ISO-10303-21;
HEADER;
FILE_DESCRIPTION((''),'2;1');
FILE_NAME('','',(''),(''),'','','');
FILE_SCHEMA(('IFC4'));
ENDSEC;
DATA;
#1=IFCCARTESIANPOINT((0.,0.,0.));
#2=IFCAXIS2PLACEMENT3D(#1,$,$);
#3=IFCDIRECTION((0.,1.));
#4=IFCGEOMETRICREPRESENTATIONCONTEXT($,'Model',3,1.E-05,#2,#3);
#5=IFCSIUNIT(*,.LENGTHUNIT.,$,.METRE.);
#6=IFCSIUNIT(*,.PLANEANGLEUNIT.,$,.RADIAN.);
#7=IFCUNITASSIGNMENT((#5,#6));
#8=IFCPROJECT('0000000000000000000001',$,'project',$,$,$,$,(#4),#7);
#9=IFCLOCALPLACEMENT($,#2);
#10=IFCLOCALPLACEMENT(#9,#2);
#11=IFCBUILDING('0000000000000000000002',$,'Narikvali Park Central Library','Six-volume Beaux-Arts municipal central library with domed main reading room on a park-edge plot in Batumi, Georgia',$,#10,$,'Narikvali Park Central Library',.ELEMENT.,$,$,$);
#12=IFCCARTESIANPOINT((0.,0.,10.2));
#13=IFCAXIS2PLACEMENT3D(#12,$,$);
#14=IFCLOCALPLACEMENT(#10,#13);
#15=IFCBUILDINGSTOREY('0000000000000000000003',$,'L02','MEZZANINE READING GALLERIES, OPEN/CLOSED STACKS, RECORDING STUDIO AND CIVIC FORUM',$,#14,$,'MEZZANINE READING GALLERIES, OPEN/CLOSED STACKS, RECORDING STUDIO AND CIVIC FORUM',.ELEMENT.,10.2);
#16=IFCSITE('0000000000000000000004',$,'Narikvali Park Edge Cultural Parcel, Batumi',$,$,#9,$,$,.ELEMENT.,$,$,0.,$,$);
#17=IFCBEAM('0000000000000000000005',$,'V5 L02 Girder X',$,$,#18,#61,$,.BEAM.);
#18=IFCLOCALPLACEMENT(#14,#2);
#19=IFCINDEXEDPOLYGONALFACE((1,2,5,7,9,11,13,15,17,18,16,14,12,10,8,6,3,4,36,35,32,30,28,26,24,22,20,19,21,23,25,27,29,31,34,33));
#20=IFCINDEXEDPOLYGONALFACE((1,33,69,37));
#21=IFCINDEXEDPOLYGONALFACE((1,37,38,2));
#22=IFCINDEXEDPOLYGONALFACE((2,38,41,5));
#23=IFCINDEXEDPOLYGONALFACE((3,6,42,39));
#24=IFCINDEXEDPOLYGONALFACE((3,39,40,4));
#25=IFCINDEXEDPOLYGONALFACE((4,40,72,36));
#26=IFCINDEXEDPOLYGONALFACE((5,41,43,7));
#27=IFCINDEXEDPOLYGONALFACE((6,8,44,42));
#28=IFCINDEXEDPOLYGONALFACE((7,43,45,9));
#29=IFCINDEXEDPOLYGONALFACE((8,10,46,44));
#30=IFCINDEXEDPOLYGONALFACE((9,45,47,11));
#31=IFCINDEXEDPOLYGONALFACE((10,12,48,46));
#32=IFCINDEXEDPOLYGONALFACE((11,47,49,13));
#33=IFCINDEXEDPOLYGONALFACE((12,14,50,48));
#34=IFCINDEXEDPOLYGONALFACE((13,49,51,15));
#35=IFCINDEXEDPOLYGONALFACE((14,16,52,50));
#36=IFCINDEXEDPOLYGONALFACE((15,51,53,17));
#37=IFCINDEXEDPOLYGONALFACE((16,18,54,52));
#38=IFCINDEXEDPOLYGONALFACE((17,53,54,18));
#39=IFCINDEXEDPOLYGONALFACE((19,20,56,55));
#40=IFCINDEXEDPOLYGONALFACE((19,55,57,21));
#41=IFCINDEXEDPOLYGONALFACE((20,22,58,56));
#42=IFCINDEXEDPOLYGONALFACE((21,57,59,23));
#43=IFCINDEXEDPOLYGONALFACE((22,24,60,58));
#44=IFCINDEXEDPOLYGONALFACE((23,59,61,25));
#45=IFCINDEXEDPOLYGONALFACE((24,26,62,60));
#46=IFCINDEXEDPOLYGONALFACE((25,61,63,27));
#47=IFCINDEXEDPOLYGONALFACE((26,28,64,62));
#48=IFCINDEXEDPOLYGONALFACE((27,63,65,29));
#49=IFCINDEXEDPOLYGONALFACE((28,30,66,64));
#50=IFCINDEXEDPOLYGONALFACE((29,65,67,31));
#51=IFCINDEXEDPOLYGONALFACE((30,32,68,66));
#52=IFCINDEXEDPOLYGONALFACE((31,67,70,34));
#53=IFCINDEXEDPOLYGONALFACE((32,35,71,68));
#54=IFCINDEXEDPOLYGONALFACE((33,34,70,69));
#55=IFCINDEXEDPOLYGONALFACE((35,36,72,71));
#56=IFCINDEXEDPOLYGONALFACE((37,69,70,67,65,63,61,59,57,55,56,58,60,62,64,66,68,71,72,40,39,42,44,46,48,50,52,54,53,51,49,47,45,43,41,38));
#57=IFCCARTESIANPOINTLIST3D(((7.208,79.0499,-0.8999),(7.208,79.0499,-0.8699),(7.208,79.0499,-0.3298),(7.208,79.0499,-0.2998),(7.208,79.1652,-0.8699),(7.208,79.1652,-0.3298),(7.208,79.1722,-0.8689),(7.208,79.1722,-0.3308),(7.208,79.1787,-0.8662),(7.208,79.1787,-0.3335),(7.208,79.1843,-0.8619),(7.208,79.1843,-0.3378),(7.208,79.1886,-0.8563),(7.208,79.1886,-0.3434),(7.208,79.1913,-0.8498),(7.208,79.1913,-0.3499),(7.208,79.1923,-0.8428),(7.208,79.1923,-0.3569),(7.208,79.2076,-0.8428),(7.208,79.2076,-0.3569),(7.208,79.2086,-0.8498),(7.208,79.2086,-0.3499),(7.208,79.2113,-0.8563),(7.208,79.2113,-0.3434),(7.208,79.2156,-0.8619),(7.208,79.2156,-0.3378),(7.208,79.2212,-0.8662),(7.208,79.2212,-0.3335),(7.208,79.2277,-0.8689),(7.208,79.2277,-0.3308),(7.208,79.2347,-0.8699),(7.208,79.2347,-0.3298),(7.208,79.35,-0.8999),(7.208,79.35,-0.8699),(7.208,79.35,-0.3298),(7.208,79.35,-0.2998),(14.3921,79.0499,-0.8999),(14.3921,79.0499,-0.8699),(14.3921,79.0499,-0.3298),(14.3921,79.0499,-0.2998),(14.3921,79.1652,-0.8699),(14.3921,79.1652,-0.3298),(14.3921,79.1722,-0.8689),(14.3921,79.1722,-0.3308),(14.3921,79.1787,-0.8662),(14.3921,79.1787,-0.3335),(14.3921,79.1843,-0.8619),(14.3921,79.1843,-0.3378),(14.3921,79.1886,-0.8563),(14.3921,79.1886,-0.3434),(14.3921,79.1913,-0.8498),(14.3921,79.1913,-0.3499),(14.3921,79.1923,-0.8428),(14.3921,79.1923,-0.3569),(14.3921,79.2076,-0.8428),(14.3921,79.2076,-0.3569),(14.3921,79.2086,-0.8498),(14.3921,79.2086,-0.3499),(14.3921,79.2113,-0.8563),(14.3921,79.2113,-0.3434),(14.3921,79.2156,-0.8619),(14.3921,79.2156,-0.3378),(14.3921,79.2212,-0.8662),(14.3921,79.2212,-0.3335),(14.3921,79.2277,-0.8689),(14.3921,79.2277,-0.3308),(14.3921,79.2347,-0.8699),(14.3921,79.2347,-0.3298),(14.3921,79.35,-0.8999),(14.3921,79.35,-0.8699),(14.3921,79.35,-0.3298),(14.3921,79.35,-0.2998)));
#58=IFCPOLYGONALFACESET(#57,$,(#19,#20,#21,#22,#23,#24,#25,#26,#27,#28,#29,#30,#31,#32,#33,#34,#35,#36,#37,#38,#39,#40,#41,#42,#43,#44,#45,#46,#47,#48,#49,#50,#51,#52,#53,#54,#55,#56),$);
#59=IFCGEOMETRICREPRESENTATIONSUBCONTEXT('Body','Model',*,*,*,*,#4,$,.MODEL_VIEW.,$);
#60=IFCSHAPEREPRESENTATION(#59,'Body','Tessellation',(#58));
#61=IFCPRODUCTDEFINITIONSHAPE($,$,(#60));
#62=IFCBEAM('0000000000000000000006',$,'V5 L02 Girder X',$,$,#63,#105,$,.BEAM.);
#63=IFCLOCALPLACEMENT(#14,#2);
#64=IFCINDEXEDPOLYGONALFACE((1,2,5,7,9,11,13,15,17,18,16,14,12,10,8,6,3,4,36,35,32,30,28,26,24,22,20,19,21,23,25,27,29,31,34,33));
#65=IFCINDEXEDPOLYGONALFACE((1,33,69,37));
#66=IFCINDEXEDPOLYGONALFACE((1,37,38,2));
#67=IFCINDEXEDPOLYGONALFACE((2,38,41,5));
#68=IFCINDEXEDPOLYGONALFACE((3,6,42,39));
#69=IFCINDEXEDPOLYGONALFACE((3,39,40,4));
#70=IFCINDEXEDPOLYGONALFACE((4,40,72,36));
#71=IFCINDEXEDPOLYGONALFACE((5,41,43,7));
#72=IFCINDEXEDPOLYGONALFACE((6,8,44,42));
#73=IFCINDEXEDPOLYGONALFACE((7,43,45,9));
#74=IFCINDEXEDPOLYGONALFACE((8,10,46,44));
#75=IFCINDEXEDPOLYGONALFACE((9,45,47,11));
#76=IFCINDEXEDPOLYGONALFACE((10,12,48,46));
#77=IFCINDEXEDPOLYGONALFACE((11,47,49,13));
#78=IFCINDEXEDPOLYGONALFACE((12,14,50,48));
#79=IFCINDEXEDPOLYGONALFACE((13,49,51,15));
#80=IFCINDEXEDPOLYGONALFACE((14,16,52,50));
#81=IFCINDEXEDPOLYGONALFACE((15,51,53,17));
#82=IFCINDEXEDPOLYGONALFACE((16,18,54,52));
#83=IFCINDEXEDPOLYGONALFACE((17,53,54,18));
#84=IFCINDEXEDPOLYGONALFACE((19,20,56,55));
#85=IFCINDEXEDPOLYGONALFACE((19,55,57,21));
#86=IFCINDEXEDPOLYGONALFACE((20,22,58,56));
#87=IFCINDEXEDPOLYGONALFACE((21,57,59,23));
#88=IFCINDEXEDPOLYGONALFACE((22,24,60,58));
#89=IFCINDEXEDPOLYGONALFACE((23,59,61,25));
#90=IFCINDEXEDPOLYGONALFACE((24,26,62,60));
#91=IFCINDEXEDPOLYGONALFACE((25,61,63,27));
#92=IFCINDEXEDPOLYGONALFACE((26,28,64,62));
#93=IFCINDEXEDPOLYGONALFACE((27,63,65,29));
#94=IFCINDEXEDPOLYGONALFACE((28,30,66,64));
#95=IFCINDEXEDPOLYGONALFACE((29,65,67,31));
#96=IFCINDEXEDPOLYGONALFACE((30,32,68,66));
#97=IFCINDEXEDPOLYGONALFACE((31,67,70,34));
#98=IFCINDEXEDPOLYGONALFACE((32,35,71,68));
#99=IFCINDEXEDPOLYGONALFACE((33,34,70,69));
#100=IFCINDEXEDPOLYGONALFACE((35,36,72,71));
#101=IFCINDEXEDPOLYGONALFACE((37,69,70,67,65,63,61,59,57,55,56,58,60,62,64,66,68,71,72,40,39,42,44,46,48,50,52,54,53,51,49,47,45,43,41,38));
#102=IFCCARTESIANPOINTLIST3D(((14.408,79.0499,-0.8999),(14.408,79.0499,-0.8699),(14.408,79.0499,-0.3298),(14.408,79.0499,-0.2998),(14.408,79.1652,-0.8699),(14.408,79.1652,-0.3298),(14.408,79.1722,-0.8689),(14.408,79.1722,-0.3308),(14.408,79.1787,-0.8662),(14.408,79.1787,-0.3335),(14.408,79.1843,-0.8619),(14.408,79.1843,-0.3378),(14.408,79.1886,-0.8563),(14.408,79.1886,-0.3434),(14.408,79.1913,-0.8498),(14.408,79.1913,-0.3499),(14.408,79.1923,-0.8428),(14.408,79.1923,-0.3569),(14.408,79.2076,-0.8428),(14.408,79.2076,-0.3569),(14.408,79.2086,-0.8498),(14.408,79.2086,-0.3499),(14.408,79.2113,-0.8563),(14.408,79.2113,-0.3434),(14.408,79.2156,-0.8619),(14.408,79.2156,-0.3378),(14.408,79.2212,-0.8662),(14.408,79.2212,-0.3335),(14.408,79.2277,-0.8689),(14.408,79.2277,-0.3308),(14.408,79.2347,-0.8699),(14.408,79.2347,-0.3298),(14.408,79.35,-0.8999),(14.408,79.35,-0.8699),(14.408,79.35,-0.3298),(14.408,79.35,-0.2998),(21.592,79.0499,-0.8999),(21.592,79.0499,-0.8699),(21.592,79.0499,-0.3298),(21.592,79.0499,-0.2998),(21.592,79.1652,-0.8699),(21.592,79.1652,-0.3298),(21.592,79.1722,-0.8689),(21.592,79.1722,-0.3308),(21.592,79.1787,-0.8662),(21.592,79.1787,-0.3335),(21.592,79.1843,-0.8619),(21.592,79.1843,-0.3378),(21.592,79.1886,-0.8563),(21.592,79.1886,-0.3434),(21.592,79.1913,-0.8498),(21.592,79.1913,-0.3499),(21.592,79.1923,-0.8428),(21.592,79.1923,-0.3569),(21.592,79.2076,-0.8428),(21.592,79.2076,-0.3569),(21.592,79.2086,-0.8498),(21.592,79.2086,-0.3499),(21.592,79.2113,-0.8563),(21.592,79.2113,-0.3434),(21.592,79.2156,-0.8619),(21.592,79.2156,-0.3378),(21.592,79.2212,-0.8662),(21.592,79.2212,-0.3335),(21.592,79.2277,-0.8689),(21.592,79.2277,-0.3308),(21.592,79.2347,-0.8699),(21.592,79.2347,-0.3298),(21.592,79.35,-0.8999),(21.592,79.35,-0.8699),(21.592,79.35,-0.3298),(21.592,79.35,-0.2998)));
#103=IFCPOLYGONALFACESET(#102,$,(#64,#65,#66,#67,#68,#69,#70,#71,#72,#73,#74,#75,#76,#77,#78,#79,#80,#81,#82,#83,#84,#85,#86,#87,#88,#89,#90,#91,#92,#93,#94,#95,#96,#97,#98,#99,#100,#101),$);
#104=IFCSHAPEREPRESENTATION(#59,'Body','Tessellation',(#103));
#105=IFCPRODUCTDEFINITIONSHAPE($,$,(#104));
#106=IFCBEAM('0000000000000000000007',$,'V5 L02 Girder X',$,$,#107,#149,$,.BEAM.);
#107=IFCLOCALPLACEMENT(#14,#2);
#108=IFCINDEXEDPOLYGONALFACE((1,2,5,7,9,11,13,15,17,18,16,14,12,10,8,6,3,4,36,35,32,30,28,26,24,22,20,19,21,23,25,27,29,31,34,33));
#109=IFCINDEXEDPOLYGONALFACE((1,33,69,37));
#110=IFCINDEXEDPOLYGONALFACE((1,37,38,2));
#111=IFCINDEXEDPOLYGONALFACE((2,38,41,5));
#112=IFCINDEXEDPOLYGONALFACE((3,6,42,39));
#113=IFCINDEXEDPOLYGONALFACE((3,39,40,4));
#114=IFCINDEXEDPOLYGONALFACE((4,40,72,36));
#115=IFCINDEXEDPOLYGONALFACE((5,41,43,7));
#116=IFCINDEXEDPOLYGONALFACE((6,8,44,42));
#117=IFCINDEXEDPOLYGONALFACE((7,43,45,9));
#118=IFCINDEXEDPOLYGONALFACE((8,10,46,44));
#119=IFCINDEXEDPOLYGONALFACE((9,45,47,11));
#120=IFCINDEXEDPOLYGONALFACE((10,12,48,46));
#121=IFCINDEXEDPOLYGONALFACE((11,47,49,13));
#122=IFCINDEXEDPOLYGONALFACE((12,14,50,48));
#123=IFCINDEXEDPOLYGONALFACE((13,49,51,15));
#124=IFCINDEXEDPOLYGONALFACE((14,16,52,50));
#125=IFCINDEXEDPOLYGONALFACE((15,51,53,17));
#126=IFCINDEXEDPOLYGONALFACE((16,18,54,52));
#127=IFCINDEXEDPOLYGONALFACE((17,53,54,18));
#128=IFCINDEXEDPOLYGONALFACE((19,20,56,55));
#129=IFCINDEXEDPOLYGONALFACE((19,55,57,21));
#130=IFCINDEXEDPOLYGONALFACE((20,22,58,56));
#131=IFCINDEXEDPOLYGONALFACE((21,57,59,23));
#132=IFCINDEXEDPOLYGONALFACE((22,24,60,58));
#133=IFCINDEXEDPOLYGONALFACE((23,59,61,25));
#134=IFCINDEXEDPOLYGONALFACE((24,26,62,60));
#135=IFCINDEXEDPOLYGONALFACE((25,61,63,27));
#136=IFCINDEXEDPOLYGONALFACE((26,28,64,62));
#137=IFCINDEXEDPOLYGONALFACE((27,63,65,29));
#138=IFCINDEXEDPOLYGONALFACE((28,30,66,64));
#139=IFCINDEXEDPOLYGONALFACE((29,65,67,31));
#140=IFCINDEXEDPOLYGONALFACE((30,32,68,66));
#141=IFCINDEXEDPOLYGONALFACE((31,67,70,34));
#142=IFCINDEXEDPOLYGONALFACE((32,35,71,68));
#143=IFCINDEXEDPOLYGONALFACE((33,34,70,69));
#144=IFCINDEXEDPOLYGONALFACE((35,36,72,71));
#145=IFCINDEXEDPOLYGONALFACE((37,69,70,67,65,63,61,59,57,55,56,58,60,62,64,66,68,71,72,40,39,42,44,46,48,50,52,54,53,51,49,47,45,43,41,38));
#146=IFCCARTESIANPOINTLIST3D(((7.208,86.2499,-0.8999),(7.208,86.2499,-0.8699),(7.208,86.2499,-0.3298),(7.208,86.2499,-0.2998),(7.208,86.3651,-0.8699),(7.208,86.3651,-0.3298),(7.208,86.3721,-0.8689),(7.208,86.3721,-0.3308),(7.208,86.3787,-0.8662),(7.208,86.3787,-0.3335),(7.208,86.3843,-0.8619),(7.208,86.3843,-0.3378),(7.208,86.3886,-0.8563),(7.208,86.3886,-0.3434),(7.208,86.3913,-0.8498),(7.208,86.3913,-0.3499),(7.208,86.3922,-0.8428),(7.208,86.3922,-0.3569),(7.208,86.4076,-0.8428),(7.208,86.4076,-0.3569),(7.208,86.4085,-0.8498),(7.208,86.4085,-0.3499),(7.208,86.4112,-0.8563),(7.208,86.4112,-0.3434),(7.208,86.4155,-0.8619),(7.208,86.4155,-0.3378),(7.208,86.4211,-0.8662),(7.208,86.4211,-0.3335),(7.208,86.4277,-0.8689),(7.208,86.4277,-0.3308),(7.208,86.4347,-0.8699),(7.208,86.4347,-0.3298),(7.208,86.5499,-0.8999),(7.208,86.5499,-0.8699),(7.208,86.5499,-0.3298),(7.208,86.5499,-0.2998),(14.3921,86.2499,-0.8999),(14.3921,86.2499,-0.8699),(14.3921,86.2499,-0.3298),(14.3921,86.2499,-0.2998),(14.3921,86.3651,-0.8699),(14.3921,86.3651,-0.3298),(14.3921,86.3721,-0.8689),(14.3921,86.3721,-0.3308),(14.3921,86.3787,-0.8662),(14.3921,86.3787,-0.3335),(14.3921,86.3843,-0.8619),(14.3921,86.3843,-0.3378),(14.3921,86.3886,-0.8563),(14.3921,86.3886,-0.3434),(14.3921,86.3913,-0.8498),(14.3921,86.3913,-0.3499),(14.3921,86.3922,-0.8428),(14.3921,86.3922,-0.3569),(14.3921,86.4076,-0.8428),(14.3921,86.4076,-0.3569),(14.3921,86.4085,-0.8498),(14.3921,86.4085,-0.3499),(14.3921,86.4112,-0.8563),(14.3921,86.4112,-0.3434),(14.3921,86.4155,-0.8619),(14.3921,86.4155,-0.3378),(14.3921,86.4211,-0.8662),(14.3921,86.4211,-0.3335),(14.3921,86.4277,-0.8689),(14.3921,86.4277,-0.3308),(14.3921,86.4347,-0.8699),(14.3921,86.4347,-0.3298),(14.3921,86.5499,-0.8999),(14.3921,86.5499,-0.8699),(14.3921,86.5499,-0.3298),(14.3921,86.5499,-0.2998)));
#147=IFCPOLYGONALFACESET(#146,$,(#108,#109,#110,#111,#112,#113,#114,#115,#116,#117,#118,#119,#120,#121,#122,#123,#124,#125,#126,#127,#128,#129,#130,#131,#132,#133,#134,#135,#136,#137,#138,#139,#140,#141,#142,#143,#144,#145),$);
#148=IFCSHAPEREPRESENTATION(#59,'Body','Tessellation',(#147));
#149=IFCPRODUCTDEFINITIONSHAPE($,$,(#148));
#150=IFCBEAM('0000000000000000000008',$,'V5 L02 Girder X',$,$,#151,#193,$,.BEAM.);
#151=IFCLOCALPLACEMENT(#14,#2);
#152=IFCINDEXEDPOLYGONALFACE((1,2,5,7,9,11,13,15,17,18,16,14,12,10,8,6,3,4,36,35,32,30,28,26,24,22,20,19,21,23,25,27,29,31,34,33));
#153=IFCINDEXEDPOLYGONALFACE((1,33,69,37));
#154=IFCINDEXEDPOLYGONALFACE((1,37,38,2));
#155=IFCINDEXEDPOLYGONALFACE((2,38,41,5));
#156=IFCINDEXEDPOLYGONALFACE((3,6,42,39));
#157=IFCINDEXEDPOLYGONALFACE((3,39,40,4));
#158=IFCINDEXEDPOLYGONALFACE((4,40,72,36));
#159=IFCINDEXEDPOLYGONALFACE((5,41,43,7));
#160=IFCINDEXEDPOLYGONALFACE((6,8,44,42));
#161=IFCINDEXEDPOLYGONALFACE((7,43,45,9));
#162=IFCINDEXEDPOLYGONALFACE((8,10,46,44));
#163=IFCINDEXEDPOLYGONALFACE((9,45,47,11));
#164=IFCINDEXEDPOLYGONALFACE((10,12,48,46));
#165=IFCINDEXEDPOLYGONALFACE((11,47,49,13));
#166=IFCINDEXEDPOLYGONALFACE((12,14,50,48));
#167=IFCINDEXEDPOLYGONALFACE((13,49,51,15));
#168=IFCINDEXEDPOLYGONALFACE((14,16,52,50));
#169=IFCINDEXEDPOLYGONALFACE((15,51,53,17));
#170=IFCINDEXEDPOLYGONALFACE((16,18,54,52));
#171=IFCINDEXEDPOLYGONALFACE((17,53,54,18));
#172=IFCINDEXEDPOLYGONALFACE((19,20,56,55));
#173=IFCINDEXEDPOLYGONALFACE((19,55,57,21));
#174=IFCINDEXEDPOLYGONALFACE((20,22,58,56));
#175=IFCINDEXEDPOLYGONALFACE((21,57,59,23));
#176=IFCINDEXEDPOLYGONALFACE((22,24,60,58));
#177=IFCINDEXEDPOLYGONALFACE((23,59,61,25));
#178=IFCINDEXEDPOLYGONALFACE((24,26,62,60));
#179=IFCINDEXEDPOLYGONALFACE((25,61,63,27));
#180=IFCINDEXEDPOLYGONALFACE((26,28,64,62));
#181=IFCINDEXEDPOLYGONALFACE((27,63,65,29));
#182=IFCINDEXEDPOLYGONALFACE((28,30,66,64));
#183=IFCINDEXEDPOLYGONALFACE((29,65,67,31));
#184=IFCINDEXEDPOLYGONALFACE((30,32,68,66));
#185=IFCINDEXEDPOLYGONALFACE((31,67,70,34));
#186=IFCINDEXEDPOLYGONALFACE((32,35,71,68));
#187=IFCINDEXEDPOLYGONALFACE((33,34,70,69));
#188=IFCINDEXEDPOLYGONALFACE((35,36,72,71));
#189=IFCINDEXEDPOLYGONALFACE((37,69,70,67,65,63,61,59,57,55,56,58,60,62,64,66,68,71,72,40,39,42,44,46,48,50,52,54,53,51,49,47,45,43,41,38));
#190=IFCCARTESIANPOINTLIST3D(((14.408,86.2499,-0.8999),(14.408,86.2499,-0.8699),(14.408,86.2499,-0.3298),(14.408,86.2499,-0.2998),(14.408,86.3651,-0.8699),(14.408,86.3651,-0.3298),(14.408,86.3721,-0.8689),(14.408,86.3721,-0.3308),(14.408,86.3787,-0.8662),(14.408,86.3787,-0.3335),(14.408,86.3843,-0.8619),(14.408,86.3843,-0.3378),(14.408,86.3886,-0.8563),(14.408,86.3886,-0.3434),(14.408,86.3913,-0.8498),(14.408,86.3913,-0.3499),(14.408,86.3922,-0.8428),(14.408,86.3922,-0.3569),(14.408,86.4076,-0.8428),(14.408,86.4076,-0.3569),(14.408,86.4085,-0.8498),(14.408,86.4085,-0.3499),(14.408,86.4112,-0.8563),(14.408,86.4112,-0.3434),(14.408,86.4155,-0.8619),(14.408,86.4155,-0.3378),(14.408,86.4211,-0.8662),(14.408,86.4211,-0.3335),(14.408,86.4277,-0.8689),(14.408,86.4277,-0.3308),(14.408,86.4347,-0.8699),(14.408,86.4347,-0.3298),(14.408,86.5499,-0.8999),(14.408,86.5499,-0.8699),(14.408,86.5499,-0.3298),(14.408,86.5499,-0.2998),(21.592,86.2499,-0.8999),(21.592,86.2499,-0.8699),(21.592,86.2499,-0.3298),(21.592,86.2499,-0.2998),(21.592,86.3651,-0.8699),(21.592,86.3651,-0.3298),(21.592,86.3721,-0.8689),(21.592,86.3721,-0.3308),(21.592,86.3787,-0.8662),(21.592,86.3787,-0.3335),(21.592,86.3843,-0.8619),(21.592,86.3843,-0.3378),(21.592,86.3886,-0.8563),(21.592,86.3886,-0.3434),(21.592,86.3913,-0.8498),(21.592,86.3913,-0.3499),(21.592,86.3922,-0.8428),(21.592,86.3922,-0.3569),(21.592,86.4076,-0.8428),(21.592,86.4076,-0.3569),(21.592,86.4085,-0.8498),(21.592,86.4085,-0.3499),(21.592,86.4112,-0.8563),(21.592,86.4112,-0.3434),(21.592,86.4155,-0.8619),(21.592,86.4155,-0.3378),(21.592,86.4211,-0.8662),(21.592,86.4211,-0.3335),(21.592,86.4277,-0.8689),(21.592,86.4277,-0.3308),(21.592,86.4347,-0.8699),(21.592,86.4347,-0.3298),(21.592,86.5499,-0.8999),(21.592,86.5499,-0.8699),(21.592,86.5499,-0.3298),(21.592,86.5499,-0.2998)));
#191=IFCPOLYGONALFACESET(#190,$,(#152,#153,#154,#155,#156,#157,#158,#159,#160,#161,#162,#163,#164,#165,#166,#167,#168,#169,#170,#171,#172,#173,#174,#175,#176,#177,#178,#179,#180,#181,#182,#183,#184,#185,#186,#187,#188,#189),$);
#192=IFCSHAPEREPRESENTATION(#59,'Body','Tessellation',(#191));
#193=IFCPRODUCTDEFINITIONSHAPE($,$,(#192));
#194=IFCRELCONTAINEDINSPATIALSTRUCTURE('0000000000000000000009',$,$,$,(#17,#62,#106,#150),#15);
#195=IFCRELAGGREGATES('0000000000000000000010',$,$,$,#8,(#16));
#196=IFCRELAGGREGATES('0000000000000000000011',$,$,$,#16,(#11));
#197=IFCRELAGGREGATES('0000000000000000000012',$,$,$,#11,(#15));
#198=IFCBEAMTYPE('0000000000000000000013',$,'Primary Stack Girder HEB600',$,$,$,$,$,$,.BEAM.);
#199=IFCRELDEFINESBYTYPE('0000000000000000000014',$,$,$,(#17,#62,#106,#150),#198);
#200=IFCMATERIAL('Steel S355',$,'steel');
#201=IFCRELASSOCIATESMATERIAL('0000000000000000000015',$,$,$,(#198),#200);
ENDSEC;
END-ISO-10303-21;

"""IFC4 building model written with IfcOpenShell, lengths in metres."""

from ifc_helpers import new_model, si_unit, direction, frame, origin, origin_2d, place, context, subcontext, project, spatial, i_section, extrude, material, material_profile, profile_set, type_object, element, save


model = new_model("IFC4")

# Units and contexts
model_context = context("Model", 3, precision=1e-05, world=origin(), true_north=direction((0.0, 1.0)))
body_context = subcontext(model_context, "Body", "Model", "MODEL_VIEW")
ifc_project = project(units=[si_unit("LENGTHUNIT", "METRE"), si_unit("PLANEANGLEUNIT", "RADIAN")], contexts=[model_context])

# Site, building, storey
site_placement = place(None, origin())
site = spatial("IfcSite", under=ifc_project, at=site_placement, Name="Narikvali Park Edge Cultural Parcel, Batumi", CompositionType="ELEMENT", RefElevation=0.0)
building_placement = place(site_placement, origin())
building = spatial("IfcBuilding", under=site, at=building_placement, Name="Narikvali Park Central Library", Description="Six-volume Beaux-Arts municipal central library with domed main reading room on a park-edge plot in Batumi, Georgia", LongName="Narikvali Park Central Library", CompositionType="ELEMENT")
storey_placement = place(building_placement, frame((0.0, 0.0, 10.2)))
storey = spatial("IfcBuildingStorey", under=building, at=storey_placement, Name="L02", Description="MEZZANINE READING GALLERIES, OPEN/CLOSED STACKS, RECORDING STUDIO AND CIVIC FORUM", LongName="MEZZANINE READING GALLERIES, OPEN/CLOSED STACKS, RECORDING STUDIO AND CIVIC FORUM", CompositionType="ELEMENT", Elevation=10.2)

# Shared definitions
ifc_material_1 = material(Name="Steel S355", Category="steel")

# Beams
ifc_material_profile_1 = material_profile(ifc_material_1, i_section(OverallWidth=0.3, OverallDepth=0.6001, WebThickness=0.0154, FlangeThickness=0.03, FilletRadius=0.0271, at=origin_2d()), Name="HEB 600")
ifc_profile_set_1 = profile_set([ifc_material_profile_1], Name="Steel S355")
beam_type_1 = type_object("IfcBeamType", Name="Primary Stack Girder HEB600", PredefinedType="BEAM", material=ifc_profile_set_1)
for number, where, z_axis, x_axis, name in (
    (1, (7.208, 79.2, -0.5999), (1.0, 0.0, 0.0), (0.0, 1.0, 0.0), "V5 L02 Girder X"),
    (2, (14.408, 79.2, -0.5999), (1.0, 0.0, 0.0), (0.0, 1.0, 0.0), "V5 L02 Girder X"),
    (3, (7.208, 86.3999, -0.5999), (1.0, 0.0, 0.0), (0.0, 1.0, 0.0), "V5 L02 Girder X"),
    (4, (14.408, 86.3999, -0.5999), (1.0, 0.0, 0.0), (0.0, 1.0, 0.0), "V5 L02 Girder X"),
):
    element("IfcBeam", number, at=place(storey_placement, frame(where, z_axis=z_axis, x_axis=x_axis)), inside=storey, type_object=beam_type_1, Name=name, PredefinedType="BEAM", context=body_context, shape_type="SweptSolid", body=[
        extrude(i_section(OverallWidth=0.3, OverallDepth=0.6001, WebThickness=0.0154, FlangeThickness=0.03, FilletRadius=0.0271, at=origin_2d()), origin(), (0.0, 0.0, 1.0), 7.1841),
    ])

save(model, "model.ifc")
